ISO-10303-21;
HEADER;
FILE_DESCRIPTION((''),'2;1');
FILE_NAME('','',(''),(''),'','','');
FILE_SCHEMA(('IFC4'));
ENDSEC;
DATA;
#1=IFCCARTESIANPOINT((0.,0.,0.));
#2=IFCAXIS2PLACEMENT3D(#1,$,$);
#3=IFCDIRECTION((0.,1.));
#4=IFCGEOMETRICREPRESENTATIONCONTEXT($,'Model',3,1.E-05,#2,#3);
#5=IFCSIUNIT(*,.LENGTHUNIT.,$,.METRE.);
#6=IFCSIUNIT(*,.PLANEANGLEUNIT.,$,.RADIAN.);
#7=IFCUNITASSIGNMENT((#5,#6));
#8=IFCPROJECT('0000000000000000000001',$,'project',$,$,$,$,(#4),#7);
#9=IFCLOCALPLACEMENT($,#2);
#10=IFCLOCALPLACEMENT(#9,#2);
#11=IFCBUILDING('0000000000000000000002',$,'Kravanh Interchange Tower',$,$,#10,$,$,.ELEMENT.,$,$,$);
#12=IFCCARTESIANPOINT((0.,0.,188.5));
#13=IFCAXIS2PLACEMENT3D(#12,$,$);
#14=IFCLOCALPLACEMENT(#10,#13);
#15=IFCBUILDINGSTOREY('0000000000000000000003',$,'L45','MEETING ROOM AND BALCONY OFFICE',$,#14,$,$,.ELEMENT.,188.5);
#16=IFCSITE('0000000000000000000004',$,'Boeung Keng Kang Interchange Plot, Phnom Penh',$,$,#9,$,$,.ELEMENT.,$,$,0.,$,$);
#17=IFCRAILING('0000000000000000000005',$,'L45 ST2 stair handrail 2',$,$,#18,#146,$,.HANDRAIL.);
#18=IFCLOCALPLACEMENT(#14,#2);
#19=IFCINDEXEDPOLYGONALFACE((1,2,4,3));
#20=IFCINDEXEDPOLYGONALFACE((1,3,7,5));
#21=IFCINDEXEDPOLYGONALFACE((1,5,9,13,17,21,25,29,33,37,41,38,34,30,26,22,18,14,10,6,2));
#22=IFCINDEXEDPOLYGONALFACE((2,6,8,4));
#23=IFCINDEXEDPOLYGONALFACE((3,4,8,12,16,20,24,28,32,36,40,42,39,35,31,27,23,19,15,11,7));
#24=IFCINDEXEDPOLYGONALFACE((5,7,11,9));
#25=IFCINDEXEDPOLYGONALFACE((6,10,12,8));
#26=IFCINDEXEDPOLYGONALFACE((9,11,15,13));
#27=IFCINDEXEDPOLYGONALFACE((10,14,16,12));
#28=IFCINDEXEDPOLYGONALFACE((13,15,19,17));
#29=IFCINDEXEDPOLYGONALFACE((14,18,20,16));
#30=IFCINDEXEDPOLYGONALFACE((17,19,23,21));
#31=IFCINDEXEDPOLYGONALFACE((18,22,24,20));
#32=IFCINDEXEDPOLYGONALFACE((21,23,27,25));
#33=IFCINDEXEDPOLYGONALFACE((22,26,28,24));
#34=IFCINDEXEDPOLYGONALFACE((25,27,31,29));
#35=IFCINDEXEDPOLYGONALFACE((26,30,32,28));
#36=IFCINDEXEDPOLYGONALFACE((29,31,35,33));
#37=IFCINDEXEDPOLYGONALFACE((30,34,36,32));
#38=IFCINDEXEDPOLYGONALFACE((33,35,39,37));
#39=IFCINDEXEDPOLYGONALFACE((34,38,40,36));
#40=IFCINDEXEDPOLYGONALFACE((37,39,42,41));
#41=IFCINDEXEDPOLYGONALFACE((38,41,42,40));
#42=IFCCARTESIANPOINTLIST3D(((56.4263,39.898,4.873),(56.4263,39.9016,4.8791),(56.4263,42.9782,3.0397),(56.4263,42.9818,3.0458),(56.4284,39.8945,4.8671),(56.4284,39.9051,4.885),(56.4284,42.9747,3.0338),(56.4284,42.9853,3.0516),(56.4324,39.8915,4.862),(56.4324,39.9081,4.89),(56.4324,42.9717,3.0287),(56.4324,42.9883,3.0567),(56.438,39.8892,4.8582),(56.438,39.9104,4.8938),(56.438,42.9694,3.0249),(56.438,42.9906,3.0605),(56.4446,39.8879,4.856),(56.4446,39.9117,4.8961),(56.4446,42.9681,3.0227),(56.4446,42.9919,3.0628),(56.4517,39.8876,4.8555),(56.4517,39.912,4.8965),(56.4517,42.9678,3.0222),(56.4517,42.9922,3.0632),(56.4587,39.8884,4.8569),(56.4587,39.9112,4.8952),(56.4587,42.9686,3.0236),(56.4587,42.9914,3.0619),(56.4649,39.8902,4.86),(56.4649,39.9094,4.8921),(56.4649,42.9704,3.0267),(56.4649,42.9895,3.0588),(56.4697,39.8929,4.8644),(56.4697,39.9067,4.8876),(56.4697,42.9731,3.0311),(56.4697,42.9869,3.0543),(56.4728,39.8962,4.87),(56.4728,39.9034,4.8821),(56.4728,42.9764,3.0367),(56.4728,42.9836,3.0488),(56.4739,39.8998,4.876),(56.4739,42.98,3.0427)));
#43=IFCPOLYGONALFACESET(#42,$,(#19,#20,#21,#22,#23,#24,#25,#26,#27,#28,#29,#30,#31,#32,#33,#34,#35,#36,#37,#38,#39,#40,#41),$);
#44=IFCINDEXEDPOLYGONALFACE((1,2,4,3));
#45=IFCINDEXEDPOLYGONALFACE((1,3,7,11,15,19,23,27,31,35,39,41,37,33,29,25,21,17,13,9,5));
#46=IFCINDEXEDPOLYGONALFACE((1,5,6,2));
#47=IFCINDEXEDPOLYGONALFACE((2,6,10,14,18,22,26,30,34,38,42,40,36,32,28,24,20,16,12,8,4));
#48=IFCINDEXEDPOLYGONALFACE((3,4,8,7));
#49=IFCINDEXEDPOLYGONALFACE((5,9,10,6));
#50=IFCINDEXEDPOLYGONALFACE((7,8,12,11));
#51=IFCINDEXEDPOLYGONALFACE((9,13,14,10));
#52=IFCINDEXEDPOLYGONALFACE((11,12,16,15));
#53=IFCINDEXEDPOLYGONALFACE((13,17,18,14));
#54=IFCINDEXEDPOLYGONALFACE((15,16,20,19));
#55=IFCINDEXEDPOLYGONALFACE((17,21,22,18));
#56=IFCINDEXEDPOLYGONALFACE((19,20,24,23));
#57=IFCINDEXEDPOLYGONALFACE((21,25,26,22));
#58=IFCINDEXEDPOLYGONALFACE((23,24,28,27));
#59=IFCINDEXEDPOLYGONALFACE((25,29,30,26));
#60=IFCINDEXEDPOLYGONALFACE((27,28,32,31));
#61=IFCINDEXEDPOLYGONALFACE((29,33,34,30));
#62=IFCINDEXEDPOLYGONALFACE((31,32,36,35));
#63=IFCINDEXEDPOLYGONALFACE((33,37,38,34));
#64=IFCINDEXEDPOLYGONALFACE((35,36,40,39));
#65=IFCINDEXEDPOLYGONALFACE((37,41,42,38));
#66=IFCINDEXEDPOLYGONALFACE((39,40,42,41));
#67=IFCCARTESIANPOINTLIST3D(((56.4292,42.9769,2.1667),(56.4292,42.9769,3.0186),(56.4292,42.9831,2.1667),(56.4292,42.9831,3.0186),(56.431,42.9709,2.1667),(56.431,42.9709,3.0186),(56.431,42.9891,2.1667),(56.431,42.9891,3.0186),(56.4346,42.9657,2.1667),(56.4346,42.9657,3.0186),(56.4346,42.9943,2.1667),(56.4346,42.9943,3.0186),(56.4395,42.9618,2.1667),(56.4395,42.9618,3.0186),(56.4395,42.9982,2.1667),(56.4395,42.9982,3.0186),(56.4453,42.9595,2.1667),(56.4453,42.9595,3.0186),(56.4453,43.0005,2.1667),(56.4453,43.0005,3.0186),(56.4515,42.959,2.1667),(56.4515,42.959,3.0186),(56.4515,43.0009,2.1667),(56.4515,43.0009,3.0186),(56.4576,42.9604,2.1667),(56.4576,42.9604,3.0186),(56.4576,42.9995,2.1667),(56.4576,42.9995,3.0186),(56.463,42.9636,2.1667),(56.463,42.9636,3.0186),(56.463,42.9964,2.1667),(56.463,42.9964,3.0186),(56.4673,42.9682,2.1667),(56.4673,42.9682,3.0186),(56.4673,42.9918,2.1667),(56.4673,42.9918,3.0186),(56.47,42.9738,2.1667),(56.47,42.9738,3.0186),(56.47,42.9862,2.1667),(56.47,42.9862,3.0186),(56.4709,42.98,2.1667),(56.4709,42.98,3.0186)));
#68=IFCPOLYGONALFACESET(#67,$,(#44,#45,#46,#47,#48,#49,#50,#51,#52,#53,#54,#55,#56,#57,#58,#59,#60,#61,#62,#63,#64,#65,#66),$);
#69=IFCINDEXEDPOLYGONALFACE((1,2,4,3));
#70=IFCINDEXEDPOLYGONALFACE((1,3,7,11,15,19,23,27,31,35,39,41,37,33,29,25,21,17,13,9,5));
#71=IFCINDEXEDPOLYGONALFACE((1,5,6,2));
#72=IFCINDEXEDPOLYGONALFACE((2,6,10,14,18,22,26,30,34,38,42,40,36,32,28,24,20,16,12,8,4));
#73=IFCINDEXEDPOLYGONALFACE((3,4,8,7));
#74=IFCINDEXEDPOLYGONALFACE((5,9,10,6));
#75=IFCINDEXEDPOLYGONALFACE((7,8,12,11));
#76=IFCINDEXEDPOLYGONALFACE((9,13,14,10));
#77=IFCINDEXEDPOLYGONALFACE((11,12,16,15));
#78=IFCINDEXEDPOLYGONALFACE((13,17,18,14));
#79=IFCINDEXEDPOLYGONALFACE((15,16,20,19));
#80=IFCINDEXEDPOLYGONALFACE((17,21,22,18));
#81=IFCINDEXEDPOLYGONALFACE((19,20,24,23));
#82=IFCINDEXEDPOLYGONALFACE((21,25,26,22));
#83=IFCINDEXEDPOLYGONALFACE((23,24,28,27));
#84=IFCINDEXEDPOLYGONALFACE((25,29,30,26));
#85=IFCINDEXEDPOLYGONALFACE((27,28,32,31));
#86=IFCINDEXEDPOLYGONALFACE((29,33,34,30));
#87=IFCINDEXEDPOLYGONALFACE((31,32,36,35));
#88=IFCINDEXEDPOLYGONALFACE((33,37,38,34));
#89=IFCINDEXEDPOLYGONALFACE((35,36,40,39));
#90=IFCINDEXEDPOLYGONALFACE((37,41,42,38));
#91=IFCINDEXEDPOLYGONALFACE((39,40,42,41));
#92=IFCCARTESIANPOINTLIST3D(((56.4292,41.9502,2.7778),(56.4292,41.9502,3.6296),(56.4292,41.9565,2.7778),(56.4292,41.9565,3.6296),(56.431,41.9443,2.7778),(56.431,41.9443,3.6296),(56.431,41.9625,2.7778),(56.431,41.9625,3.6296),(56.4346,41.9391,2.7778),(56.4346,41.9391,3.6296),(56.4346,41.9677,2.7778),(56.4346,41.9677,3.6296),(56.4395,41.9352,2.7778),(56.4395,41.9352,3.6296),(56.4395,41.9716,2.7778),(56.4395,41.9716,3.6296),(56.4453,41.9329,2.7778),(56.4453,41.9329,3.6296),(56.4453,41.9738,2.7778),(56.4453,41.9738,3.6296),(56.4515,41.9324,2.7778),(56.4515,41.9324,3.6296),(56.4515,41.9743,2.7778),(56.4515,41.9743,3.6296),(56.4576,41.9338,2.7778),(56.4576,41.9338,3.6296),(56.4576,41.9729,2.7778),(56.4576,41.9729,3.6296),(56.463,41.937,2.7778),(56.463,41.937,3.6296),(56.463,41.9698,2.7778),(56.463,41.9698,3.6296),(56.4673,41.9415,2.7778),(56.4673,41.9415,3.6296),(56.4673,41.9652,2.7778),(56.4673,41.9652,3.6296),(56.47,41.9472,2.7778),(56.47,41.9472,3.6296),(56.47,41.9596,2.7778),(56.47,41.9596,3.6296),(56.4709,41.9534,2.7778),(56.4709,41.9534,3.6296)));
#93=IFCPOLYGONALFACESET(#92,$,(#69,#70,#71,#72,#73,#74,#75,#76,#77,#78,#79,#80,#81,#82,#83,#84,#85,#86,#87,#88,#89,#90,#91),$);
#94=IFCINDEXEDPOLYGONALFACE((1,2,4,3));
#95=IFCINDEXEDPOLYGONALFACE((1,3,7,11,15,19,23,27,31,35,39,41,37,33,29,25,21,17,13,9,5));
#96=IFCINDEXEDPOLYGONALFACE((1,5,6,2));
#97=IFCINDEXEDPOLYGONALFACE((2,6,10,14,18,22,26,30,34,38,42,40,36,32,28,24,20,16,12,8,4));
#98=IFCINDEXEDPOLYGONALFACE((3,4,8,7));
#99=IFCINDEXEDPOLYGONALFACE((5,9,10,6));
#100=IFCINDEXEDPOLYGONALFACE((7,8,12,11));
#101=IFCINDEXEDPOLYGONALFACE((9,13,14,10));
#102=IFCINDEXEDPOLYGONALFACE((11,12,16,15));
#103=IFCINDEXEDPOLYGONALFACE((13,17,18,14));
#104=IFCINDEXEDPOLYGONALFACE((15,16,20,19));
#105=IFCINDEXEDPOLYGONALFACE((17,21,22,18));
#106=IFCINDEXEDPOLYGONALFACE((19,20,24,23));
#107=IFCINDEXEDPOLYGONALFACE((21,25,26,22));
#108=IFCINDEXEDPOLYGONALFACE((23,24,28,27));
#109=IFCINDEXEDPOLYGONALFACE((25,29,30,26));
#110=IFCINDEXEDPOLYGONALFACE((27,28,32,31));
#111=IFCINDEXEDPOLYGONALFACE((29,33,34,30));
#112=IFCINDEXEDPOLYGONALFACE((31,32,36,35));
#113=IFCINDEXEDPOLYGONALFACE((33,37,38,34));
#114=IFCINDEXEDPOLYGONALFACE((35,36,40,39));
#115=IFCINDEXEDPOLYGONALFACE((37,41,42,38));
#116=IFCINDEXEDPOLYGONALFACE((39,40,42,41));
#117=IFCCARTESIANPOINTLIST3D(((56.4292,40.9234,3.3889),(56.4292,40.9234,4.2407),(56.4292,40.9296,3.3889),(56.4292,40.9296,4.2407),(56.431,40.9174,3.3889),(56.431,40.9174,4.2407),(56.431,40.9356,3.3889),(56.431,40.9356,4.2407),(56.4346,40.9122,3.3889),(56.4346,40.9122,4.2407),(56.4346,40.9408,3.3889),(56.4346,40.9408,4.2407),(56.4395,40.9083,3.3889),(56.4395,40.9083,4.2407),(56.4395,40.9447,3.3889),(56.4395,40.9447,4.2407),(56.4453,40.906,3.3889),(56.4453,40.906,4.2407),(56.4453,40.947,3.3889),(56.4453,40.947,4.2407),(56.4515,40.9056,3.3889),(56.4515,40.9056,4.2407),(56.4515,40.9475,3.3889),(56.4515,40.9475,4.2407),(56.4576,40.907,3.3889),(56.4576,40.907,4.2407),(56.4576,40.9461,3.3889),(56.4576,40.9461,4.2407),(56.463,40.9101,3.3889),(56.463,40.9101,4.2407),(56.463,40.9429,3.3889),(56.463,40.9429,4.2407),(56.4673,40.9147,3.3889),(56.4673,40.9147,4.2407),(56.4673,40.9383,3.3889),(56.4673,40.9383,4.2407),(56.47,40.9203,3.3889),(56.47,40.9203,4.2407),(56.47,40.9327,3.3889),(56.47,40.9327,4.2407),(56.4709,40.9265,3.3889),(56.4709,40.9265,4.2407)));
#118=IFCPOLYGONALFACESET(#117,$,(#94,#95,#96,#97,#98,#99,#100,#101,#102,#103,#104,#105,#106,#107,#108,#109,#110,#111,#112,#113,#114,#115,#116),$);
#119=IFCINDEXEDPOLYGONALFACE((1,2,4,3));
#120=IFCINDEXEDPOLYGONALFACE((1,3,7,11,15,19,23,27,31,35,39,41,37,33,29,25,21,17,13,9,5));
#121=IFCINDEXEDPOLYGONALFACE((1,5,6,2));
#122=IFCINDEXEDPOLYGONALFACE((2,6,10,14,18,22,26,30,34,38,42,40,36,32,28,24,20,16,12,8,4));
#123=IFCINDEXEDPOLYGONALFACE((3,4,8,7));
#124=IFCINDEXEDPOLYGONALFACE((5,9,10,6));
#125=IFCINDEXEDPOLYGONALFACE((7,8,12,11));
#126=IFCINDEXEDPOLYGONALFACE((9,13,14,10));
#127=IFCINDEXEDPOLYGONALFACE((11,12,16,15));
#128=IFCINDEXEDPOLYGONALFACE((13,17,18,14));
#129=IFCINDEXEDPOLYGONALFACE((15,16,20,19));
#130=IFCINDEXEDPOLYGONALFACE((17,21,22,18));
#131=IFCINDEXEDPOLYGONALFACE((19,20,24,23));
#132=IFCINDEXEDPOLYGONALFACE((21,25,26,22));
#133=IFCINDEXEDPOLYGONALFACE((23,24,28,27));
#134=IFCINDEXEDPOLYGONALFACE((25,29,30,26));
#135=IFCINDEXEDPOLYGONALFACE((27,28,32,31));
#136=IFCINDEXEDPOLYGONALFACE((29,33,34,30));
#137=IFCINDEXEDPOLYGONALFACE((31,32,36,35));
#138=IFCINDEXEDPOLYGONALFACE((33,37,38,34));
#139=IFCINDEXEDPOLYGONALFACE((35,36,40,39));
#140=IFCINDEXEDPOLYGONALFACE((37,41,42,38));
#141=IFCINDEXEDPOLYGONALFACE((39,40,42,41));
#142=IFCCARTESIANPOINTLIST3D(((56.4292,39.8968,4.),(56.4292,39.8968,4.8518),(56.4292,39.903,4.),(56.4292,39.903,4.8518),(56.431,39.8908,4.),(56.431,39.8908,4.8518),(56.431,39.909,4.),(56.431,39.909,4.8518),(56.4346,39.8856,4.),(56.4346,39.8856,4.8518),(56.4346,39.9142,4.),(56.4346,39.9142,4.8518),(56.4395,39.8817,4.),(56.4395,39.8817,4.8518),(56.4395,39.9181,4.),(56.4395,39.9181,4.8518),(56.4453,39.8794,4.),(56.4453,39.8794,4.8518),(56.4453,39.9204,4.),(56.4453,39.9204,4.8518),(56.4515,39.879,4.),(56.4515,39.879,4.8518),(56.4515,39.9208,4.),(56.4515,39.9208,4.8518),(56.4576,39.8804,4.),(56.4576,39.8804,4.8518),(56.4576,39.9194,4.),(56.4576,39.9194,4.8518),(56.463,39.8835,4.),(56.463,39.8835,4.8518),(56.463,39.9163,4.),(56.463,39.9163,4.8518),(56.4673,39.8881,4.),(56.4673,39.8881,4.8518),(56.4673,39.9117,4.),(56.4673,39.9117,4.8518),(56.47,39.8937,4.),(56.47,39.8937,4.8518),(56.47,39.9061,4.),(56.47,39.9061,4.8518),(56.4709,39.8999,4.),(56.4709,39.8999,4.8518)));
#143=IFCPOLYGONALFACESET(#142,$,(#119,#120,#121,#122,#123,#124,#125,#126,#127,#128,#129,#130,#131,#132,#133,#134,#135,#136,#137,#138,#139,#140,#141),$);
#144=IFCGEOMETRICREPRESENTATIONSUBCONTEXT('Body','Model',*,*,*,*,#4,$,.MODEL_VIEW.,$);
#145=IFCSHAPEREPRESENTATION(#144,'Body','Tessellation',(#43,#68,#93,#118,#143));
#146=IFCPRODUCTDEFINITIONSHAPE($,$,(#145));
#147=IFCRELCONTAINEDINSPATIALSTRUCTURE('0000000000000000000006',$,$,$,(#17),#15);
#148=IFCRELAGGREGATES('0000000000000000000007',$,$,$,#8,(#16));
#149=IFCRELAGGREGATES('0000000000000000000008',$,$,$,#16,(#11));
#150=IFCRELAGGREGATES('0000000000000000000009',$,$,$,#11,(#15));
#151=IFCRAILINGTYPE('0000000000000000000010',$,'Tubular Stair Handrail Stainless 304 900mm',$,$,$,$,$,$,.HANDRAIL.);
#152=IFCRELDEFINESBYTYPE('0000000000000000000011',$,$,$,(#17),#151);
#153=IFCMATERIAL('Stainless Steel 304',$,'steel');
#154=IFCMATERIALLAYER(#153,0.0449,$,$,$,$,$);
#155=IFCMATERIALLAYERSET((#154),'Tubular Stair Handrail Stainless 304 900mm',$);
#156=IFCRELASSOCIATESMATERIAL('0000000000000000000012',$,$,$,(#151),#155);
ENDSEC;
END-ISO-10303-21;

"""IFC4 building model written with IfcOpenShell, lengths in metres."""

from ifc_helpers import new_model, si_unit, direction, frame, origin, origin_2d, place, context, subcontext, project, spatial, circle, extrude, material, layer, layer_set, type_object, element, save


model = new_model("IFC4")

# Units and contexts
model_context = context("Model", 3, precision=1e-05, world=origin(), true_north=direction((0.0, 1.0)))
body_context = subcontext(model_context, "Body", "Model", "MODEL_VIEW")
ifc_project = project(units=[si_unit("LENGTHUNIT", "METRE"), si_unit("PLANEANGLEUNIT", "RADIAN")], contexts=[model_context])

# Site, building, storey
site_placement = place(None, origin())
site = spatial("IfcSite", under=ifc_project, at=site_placement, Name="Boeung Keng Kang Interchange Plot, Phnom Penh", CompositionType="ELEMENT", RefElevation=0.0)
building_placement = place(site_placement, origin())
building = spatial("IfcBuilding", under=site, at=building_placement, Name="Kravanh Interchange Tower", CompositionType="ELEMENT")
storey_placement = place(building_placement, frame((0.0, 0.0, 188.5)))
storey = spatial("IfcBuildingStorey", under=building, at=storey_placement, Name="L45", Description="MEETING ROOM AND BALCONY OFFICE", CompositionType="ELEMENT", Elevation=188.5)

# Railing
ifc_material_1 = material(Name="Stainless Steel 304", Category="steel")
ifc_layer_1 = layer(ifc_material_1, 0.0449)
ifc_layer_set_1 = layer_set([ifc_layer_1], Name="Tubular Stair Handrail Stainless 304 900mm")
railing_type_1 = type_object("IfcRailingType", Name="Tubular Stair Handrail Stainless 304 900mm", PredefinedType="HANDRAIL", material=ifc_layer_set_1)
railing_1_placement = place(storey_placement, frame((56.45, 42.98, 2.1667)))
element("IfcRailing", 1, at=railing_1_placement, inside=storey, type_object=railing_type_1, Name="L45 ST2 stair handrail 2", PredefinedType="HANDRAIL", context=body_context, shape_type="SweptSolid", body=[
    extrude(circle(Radius=0.0239, at=origin_2d()), frame((0.0, 0.0, 0.876), z_axis=(0.0, -0.859309, 0.511458), x_axis=(1.0, 0.0, 0.0)), (0.0, 0.0, 1.0), 3.5845),
    extrude(circle(Radius=0.021, at=origin_2d()), origin(), (0.0, 0.0, 1.0), 0.8518),
    extrude(circle(Radius=0.021, at=origin_2d()), frame((0.0, -1.0266, 0.6111)), (0.0, 0.0, 1.0), 0.8518),
    extrude(circle(Radius=0.021, at=origin_2d()), frame((0.0, -2.0535, 1.2222)), (0.0, 0.0, 1.0), 0.8518),
    extrude(circle(Radius=0.021, at=origin_2d()), frame((0.0, -3.0801, 1.8333)), (0.0, 0.0, 1.0), 0.8518),
])

save(model, "model.ifc")
